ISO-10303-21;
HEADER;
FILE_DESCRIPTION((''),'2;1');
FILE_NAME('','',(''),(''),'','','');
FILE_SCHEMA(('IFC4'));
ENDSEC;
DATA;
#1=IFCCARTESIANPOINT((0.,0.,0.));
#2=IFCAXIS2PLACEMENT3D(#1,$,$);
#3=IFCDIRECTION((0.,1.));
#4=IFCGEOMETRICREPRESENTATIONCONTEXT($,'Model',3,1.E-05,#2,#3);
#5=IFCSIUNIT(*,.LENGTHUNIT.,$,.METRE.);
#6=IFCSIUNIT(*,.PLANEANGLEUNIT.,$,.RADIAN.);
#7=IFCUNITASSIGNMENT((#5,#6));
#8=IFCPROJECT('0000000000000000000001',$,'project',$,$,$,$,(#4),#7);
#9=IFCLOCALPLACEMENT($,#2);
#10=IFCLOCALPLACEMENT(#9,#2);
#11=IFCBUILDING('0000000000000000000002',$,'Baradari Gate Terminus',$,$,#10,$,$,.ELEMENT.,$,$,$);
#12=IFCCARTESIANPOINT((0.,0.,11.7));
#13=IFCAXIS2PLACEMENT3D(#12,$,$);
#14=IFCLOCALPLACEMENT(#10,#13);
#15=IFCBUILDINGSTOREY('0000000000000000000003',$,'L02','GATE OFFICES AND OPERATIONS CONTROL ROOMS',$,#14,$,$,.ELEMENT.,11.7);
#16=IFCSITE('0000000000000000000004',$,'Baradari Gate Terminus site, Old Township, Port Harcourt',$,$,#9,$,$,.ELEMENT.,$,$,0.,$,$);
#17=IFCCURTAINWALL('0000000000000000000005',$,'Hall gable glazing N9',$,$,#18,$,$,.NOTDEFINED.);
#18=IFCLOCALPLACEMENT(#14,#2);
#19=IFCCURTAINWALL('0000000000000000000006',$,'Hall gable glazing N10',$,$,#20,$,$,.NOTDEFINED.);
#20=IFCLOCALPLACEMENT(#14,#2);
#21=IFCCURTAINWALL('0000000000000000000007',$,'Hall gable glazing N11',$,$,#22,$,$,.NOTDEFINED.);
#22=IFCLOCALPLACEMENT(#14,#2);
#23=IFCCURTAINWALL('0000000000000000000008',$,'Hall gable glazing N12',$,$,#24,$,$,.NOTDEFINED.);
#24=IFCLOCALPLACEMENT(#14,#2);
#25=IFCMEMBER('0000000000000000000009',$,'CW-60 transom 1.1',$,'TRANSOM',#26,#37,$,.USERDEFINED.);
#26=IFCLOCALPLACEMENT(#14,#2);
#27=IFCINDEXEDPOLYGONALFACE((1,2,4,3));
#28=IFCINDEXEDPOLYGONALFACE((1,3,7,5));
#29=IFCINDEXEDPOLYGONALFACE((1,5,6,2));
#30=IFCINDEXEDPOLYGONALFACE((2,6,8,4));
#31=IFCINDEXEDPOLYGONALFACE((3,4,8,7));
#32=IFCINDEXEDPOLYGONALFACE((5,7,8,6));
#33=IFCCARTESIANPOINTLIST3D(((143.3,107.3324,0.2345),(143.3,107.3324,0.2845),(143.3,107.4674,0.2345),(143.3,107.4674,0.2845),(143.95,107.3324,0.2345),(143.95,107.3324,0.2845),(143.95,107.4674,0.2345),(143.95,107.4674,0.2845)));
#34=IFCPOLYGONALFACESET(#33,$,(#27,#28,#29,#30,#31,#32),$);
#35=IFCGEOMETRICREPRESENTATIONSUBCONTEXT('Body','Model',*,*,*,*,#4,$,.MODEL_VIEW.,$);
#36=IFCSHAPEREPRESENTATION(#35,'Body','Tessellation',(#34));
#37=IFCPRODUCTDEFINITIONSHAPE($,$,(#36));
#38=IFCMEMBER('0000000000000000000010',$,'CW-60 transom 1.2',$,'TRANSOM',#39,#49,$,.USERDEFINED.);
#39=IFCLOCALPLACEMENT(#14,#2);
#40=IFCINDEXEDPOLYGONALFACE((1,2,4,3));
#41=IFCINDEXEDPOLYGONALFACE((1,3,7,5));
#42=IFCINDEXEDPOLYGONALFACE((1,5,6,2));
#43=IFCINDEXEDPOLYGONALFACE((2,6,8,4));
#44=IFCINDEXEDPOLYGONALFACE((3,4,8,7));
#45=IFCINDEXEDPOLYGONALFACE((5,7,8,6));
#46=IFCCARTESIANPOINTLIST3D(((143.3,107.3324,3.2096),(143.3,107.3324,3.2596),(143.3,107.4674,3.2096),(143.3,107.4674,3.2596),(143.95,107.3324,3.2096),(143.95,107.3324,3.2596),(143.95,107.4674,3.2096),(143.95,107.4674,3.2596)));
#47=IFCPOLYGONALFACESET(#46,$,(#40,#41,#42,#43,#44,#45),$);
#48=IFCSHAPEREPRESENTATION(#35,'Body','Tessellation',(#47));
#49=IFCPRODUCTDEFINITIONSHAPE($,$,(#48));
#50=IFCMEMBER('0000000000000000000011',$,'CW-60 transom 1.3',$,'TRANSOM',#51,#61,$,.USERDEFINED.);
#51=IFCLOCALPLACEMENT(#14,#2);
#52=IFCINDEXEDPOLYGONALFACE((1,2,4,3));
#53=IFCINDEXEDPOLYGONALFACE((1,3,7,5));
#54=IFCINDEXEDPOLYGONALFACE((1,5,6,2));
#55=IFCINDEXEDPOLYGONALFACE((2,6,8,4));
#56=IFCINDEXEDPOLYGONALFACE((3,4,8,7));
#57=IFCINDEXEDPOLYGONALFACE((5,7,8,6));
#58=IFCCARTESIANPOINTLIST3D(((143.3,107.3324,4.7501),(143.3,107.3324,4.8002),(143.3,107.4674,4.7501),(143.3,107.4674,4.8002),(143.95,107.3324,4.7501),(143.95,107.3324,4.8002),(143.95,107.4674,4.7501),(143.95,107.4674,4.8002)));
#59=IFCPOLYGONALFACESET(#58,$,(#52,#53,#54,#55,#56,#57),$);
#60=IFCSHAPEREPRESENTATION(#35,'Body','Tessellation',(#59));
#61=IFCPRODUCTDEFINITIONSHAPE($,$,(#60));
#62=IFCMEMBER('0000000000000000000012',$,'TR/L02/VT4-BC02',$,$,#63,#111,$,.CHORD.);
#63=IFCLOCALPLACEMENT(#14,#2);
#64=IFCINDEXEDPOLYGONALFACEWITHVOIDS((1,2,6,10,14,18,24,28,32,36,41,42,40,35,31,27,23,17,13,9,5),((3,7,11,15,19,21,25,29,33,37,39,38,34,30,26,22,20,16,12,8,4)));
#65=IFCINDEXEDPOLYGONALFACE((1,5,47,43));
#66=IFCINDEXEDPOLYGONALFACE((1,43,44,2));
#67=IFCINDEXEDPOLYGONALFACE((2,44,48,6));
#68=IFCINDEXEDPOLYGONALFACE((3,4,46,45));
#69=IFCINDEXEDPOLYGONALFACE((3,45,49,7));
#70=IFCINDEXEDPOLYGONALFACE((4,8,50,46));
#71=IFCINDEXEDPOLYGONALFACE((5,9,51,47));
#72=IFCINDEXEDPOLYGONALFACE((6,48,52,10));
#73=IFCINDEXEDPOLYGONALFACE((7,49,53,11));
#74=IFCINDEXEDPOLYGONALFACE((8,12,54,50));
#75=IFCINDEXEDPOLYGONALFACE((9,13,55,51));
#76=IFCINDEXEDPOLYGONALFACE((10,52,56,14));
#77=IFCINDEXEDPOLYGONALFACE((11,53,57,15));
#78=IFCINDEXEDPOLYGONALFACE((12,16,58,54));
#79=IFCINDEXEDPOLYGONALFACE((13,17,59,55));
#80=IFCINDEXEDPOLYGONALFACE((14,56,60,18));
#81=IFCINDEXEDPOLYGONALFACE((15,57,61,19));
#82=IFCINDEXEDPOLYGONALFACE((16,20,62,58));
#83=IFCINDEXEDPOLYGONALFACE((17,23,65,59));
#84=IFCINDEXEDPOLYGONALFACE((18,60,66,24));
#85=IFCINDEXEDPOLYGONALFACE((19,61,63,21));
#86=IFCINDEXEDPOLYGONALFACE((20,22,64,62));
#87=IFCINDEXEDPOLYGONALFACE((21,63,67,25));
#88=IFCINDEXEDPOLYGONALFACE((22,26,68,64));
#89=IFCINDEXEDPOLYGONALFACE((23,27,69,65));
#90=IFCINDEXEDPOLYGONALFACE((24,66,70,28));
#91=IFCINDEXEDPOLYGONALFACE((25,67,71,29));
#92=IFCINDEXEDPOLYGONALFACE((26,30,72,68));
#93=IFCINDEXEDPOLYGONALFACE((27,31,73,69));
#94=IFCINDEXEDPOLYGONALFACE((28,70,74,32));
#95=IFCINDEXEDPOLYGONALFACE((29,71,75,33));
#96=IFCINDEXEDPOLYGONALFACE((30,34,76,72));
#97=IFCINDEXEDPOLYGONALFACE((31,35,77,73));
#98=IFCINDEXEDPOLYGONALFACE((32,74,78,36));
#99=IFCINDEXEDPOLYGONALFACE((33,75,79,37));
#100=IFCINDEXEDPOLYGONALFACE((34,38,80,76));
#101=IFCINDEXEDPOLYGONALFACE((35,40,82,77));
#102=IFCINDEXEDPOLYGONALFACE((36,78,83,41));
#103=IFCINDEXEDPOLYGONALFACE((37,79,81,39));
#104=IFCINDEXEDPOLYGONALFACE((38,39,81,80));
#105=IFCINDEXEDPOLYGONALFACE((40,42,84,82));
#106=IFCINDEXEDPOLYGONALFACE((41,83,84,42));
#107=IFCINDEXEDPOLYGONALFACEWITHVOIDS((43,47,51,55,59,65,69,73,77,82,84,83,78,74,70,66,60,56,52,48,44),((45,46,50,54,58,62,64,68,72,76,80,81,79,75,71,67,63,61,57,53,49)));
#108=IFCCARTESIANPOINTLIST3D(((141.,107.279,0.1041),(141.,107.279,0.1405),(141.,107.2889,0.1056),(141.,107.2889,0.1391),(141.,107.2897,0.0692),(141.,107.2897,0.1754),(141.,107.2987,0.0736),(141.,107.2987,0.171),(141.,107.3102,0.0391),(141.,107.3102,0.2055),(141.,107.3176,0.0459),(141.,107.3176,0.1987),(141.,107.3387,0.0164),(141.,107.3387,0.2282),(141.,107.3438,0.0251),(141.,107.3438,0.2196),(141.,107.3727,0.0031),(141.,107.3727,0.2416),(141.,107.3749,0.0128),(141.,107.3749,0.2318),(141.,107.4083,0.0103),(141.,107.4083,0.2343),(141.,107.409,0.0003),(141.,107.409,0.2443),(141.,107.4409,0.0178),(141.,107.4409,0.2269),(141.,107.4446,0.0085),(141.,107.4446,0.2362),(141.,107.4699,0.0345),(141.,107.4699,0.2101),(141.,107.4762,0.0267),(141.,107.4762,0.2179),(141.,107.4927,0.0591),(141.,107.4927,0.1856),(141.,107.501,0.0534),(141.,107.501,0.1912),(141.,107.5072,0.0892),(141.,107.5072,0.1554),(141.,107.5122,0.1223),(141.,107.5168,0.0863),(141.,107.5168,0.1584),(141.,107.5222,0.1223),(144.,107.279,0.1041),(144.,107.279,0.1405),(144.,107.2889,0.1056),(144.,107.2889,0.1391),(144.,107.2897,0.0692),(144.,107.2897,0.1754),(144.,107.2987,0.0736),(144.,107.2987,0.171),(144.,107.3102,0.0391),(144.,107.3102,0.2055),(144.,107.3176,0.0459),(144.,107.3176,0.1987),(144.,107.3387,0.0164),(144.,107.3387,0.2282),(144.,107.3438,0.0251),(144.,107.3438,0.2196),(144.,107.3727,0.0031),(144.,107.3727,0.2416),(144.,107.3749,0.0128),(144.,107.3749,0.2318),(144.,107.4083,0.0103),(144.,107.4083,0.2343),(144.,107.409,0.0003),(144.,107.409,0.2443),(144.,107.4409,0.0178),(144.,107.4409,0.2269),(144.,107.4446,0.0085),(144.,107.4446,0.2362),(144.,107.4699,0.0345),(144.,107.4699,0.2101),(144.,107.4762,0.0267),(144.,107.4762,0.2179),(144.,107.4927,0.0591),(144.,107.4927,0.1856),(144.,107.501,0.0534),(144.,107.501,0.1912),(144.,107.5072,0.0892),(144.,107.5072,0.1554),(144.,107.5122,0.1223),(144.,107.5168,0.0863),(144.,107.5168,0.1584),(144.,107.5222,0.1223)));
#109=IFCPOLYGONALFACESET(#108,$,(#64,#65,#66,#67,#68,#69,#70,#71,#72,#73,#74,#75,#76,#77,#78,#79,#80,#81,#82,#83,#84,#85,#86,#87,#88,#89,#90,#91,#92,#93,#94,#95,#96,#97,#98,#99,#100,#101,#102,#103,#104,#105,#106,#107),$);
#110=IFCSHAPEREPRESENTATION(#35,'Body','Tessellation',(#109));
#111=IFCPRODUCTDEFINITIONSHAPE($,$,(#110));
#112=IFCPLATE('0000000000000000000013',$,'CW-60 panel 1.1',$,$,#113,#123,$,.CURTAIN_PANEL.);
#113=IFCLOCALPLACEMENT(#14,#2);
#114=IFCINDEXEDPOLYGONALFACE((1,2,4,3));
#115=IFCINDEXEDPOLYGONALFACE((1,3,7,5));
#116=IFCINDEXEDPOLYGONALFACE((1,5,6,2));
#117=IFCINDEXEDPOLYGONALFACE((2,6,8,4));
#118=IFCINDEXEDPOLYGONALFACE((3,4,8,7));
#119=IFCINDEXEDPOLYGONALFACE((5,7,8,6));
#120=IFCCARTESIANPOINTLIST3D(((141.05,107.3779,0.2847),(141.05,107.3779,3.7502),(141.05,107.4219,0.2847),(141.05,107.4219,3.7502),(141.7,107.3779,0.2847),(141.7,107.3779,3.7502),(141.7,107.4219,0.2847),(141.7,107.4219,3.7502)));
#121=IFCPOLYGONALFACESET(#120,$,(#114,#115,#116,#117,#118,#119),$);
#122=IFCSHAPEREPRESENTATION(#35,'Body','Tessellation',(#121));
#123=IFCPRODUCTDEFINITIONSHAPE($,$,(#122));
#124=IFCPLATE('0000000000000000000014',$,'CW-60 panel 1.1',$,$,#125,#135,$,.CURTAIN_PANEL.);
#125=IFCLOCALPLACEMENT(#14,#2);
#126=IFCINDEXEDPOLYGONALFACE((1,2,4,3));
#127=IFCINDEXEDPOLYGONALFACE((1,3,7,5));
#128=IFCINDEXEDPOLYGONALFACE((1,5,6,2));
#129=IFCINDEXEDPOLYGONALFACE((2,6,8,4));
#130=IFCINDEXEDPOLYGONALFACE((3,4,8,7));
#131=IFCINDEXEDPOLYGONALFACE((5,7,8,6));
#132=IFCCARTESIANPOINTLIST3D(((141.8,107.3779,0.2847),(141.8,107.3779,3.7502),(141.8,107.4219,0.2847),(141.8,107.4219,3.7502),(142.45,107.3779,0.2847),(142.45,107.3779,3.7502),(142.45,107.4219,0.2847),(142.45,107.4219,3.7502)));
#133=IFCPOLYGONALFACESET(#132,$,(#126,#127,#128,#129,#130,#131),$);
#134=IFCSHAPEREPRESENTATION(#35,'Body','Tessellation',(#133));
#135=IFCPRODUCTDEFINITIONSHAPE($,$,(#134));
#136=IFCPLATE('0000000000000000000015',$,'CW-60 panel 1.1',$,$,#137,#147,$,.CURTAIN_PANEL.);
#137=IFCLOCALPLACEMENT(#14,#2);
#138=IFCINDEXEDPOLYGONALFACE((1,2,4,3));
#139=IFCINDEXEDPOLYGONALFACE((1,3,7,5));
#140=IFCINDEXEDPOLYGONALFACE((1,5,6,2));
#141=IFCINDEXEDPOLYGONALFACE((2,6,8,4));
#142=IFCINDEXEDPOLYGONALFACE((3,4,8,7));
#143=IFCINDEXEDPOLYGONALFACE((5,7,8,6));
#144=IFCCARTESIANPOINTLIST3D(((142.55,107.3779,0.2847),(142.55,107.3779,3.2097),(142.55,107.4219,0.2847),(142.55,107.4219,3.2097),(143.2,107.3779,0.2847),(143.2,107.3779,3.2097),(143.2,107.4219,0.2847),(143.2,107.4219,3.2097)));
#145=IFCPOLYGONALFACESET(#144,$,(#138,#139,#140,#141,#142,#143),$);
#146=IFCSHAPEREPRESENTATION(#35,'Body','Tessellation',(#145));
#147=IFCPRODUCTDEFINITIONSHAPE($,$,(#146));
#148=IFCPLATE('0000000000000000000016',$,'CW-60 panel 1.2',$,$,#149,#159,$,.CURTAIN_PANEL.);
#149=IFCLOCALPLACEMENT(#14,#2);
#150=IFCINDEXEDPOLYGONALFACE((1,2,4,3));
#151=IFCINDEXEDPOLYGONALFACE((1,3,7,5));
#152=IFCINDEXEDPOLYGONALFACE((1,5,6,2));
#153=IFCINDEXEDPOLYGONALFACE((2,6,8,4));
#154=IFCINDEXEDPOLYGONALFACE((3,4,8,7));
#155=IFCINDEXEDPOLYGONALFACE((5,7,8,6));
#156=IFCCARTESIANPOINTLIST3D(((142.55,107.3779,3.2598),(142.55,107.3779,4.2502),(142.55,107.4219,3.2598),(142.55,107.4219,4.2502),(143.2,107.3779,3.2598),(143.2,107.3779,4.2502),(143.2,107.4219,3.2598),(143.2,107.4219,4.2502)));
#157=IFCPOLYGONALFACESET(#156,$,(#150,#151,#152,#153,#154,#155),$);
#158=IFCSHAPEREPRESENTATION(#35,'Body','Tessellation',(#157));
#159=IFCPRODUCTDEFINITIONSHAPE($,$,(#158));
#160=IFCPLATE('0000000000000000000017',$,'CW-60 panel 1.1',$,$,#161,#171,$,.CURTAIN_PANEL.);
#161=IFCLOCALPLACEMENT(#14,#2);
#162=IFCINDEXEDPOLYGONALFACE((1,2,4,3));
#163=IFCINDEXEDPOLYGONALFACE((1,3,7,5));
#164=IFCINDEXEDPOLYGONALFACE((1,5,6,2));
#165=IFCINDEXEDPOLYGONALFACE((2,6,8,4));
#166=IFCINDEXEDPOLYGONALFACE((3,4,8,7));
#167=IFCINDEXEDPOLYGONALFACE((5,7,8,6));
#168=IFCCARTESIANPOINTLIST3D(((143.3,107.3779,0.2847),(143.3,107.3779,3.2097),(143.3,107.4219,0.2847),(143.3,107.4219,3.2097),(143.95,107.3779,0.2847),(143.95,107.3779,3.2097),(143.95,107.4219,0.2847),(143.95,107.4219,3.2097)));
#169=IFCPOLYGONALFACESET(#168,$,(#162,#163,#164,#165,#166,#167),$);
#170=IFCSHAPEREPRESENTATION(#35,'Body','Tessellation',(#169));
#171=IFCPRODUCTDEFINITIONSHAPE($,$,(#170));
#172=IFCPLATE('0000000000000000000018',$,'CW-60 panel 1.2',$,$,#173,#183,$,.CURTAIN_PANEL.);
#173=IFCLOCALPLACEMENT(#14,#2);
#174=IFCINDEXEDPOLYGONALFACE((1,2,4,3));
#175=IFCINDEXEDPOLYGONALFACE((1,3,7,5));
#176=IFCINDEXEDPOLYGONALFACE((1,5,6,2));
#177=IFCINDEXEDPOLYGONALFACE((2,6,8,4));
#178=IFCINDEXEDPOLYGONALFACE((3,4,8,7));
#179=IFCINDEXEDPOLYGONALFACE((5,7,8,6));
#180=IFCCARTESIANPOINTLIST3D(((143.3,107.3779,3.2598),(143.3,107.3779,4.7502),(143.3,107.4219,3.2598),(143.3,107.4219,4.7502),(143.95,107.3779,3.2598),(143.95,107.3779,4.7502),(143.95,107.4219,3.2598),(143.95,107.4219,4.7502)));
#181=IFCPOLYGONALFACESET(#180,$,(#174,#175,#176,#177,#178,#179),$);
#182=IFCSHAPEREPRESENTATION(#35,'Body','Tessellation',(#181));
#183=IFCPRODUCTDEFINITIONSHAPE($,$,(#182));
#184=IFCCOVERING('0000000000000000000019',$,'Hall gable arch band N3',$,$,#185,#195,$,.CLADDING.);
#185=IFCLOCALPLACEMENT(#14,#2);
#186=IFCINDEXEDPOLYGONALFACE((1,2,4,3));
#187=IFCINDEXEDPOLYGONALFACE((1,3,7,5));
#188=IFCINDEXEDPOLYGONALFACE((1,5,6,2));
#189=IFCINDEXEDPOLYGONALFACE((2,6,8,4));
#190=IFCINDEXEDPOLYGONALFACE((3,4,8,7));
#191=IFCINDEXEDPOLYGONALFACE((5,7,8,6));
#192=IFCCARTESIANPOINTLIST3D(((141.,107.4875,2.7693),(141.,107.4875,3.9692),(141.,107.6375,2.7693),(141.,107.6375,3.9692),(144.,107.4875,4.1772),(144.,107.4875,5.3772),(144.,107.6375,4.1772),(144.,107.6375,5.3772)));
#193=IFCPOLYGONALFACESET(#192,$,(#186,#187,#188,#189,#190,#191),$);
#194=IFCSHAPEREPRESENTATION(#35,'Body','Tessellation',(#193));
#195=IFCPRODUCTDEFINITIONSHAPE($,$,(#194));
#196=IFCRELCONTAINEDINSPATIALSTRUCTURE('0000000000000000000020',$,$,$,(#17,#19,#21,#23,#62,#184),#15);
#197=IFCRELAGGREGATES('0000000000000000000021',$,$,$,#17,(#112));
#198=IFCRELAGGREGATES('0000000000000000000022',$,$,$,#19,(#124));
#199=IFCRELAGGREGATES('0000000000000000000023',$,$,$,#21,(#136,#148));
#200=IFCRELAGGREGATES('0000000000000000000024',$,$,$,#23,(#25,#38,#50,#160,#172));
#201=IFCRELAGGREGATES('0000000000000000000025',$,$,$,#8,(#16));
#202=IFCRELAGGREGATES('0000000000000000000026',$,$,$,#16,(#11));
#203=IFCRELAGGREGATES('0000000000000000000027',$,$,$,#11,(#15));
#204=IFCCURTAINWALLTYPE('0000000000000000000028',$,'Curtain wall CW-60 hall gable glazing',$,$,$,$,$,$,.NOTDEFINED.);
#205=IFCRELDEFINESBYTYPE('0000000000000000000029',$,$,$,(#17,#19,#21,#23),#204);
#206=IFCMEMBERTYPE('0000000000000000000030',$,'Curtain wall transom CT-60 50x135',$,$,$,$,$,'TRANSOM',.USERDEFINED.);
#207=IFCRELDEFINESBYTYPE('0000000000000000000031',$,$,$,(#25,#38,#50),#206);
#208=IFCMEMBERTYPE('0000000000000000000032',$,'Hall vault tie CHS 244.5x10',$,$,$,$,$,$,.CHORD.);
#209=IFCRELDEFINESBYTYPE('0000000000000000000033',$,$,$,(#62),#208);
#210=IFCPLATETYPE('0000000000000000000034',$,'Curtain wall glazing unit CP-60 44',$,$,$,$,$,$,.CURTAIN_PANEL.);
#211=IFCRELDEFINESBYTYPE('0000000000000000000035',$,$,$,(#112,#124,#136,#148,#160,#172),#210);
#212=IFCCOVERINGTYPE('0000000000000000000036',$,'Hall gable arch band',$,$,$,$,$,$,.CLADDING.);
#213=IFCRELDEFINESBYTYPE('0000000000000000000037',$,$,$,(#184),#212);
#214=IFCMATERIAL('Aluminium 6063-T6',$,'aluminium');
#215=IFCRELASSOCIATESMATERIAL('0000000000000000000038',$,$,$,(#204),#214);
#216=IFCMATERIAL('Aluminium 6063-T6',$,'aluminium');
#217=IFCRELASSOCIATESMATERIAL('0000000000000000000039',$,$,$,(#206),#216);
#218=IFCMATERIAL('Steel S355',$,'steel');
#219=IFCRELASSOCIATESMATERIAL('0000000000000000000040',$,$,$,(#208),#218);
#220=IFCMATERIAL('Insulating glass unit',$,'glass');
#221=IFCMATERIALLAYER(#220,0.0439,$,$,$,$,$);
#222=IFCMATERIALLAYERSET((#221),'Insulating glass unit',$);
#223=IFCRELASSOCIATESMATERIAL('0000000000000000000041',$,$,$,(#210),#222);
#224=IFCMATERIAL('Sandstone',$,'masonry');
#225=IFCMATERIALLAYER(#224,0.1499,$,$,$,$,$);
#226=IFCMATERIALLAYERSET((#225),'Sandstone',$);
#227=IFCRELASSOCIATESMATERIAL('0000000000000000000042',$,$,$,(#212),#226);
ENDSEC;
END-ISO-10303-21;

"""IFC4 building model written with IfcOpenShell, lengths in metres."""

from ifc_helpers import new_model, si_unit, direction, frame, origin, origin_2d, place, context, subcontext, project, spatial, polyline, rectangle, hollow_circle, outline, extrude, material, layer, layer_set, material_profile, profile_set, type_object, element, aggregate, save


model = new_model("IFC4")

# Units and contexts
model_context = context("Model", 3, precision=1e-05, world=origin(), true_north=direction((0.0, 1.0)))
body_context = subcontext(model_context, "Body", "Model", "MODEL_VIEW")
ifc_project = project(units=[si_unit("LENGTHUNIT", "METRE"), si_unit("PLANEANGLEUNIT", "RADIAN")], contexts=[model_context])

# Site, building, storey
site_placement = place(None, origin())
site = spatial("IfcSite", under=ifc_project, at=site_placement, Name="Baradari Gate Terminus site, Old Township, Port Harcourt", CompositionType="ELEMENT", RefElevation=0.0)
building_placement = place(site_placement, origin())
building = spatial("IfcBuilding", under=site, at=building_placement, Name="Baradari Gate Terminus", CompositionType="ELEMENT")
storey_placement = place(building_placement, frame((0.0, 0.0, 11.7)))
storey = spatial("IfcBuildingStorey", under=building, at=storey_placement, Name="L02", Description="GATE OFFICES AND OPERATIONS CONTROL ROOMS", CompositionType="ELEMENT", Elevation=11.7)

# Curtain walls
ifc_material_1 = material(Name="Aluminium 6063-T6", Category="aluminium")
curtain_wall_type = type_object("IfcCurtainWallType", Name="Curtain wall CW-60 hall gable glazing", PredefinedType="NOTDEFINED", material=ifc_material_1)
curtain_wall_1_placement = place(storey_placement, origin())
curtain_wall_1 = element("IfcCurtainWall", 1, at=curtain_wall_1_placement, inside=storey, type_object=curtain_wall_type, Name="Hall gable glazing N9", PredefinedType="NOTDEFINED")
curtain_wall_2_placement = place(storey_placement, origin())
curtain_wall_2 = element("IfcCurtainWall", 2, at=curtain_wall_2_placement, inside=storey, type_object=curtain_wall_type, Name="Hall gable glazing N10", PredefinedType="NOTDEFINED")
curtain_wall_3_placement = place(storey_placement, origin())
curtain_wall_3 = element("IfcCurtainWall", 3, at=curtain_wall_3_placement, inside=storey, type_object=curtain_wall_type, Name="Hall gable glazing N11", PredefinedType="NOTDEFINED")
curtain_wall_4_placement = place(storey_placement, origin())
curtain_wall_4 = element("IfcCurtainWall", 4, at=curtain_wall_4_placement, inside=storey, type_object=curtain_wall_type, Name="Hall gable glazing N12", PredefinedType="NOTDEFINED")

# Members
ifc_material_2 = material(Name="Aluminium 6063-T6", Category="aluminium")
ifc_material_profile_1 = material_profile(ifc_material_2, rectangle(XDim=0.135, YDim=0.05, at=origin_2d()), Name="CT-60 50X135")
ifc_profile_set_1 = profile_set([ifc_material_profile_1], Name="Aluminium 6063-T6")
member_type_1 = type_object("IfcMemberType", Name="Curtain wall transom CT-60 50x135", ElementType="TRANSOM", PredefinedType="USERDEFINED", material=ifc_profile_set_1)
member_1_placement = place(storey_placement, frame((143.3, 107.3999, 0.2595), z_axis=(1.0, 0.0, 0.0), x_axis=(0.0, 1.0, 0.0)))
member_1 = element("IfcMember", 5, at=member_1_placement, type_object=member_type_1, Name="CW-60 transom 1.1", ObjectType="TRANSOM", PredefinedType="USERDEFINED", context=body_context, shape_type="SweptSolid", body=[
    extrude(rectangle(XDim=0.135, YDim=0.05, at=origin_2d()), origin(), (0.0, 0.0, 1.0), 0.6499),
])
member_2_placement = place(storey_placement, frame((143.3, 107.3999, 3.2346), z_axis=(1.0, 0.0, 0.0), x_axis=(0.0, 1.0, 0.0)))
member_2 = element("IfcMember", 6, at=member_2_placement, type_object=member_type_1, Name="CW-60 transom 1.2", ObjectType="TRANSOM", PredefinedType="USERDEFINED", context=body_context, shape_type="SweptSolid", body=[
    extrude(rectangle(XDim=0.135, YDim=0.05, at=origin_2d()), origin(), (0.0, 0.0, 1.0), 0.6499),
])
member_3_placement = place(storey_placement, frame((143.3, 107.3999, 4.7751), z_axis=(1.0, 0.0, 0.0), x_axis=(0.0, 1.0, 0.0)))
member_3 = element("IfcMember", 7, at=member_3_placement, type_object=member_type_1, Name="CW-60 transom 1.3", ObjectType="TRANSOM", PredefinedType="USERDEFINED", context=body_context, shape_type="SweptSolid", body=[
    extrude(rectangle(XDim=0.135, YDim=0.05, at=origin_2d()), origin(), (0.0, 0.0, 1.0), 0.6499),
])
ifc_material_3 = material(Name="Steel S355", Category="steel")
ifc_material_profile_2 = material_profile(ifc_material_3, hollow_circle(Radius=0.1223, WallThickness=0.01, at=origin_2d()), Name="CHS 244.5x10")
ifc_profile_set_2 = profile_set([ifc_material_profile_2], Name="Steel S355")
member_type_2 = type_object("IfcMemberType", Name="Hall vault tie CHS 244.5x10", PredefinedType="CHORD", material=ifc_profile_set_2)
member_4_placement = place(storey_placement, frame((141.0, 107.3999, 0.1223), z_axis=(1.0, 0.0, 0.0), x_axis=(0.0, 1.0, 0.0)))
element("IfcMember", 8, at=member_4_placement, inside=storey, type_object=member_type_2, Name="TR/L02/VT4-BC02", PredefinedType="CHORD", context=body_context, shape_type="SweptSolid", body=[
    extrude(hollow_circle(Radius=0.1223, WallThickness=0.01, at=origin_2d()), origin(), (0.0, 0.0, 1.0), 3.0),
])

# Plates
ifc_material_4 = material(Name="Insulating glass unit", Category="glass")
ifc_layer_1 = layer(ifc_material_4, 0.0439)
ifc_layer_set_1 = layer_set([ifc_layer_1], Name="Insulating glass unit")
plate_type = type_object("IfcPlateType", Name="Curtain wall glazing unit CP-60 44", PredefinedType="CURTAIN_PANEL", material=ifc_layer_set_1)
plate_1_placement = place(storey_placement, frame((141.375, 107.3999, 0.2847), z_axis=(0.0, 0.0, 1.0), x_axis=(1.0, 0.0, 0.0)))
plate_1 = element("IfcPlate", 9, at=plate_1_placement, type_object=plate_type, Name="CW-60 panel 1.1", PredefinedType="CURTAIN_PANEL", context=body_context, shape_type="SweptSolid", body=[
    extrude(rectangle(XDim=0.6499, YDim=0.0439, at=origin_2d()), origin(), (0.0, 0.0, 1.0), 3.4656),
])
aggregate(curtain_wall_1, [plate_1])
plate_2_placement = place(storey_placement, frame((142.125, 107.3999, 0.2847), z_axis=(0.0, 0.0, 1.0), x_axis=(1.0, 0.0, 0.0)))
plate_2 = element("IfcPlate", 10, at=plate_2_placement, type_object=plate_type, Name="CW-60 panel 1.1", PredefinedType="CURTAIN_PANEL", context=body_context, shape_type="SweptSolid", body=[
    extrude(rectangle(XDim=0.6499, YDim=0.0439, at=origin_2d()), origin(), (0.0, 0.0, 1.0), 3.4656),
])
aggregate(curtain_wall_2, [plate_2])
plate_3_placement = place(storey_placement, frame((142.875, 107.3999, 0.2847), z_axis=(0.0, 0.0, 1.0), x_axis=(1.0, 0.0, 0.0)))
plate_3 = element("IfcPlate", 11, at=plate_3_placement, type_object=plate_type, Name="CW-60 panel 1.1", PredefinedType="CURTAIN_PANEL", context=body_context, shape_type="SweptSolid", body=[
    extrude(rectangle(XDim=0.6499, YDim=0.0439, at=origin_2d()), origin(), (0.0, 0.0, 1.0), 2.925),
])
plate_4_placement = place(storey_placement, frame((142.875, 107.3999, 3.2598), z_axis=(0.0, 0.0, 1.0), x_axis=(1.0, 0.0, 0.0)))
plate_4 = element("IfcPlate", 12, at=plate_4_placement, type_object=plate_type, Name="CW-60 panel 1.2", PredefinedType="CURTAIN_PANEL", context=body_context, shape_type="SweptSolid", body=[
    extrude(rectangle(XDim=0.6499, YDim=0.0439, at=origin_2d()), origin(), (0.0, 0.0, 1.0), 0.9905),
])
aggregate(curtain_wall_3, [plate_3, plate_4])
plate_5_placement = place(storey_placement, frame((143.625, 107.3999, 0.2847), z_axis=(0.0, 0.0, 1.0), x_axis=(1.0, 0.0, 0.0)))
plate_5 = element("IfcPlate", 13, at=plate_5_placement, type_object=plate_type, Name="CW-60 panel 1.1", PredefinedType="CURTAIN_PANEL", context=body_context, shape_type="SweptSolid", body=[
    extrude(rectangle(XDim=0.6499, YDim=0.0439, at=origin_2d()), origin(), (0.0, 0.0, 1.0), 2.925),
])
plate_6_placement = place(storey_placement, frame((143.625, 107.3999, 3.2598), z_axis=(0.0, 0.0, 1.0), x_axis=(1.0, 0.0, 0.0)))
plate_6 = element("IfcPlate", 14, at=plate_6_placement, type_object=plate_type, Name="CW-60 panel 1.2", PredefinedType="CURTAIN_PANEL", context=body_context, shape_type="SweptSolid", body=[
    extrude(rectangle(XDim=0.6499, YDim=0.0439, at=origin_2d()), origin(), (0.0, 0.0, 1.0), 1.4905),
])
aggregate(curtain_wall_4, [member_1, member_2, member_3, plate_5, plate_6])

# Covering
ifc_material_5 = material(Name="Sandstone", Category="masonry")
ifc_layer_2 = layer(ifc_material_5, 0.1499)
ifc_layer_set_2 = layer_set([ifc_layer_2], Name="Sandstone")
covering_type = type_object("IfcCoveringType", Name="Hall gable arch band", PredefinedType="CLADDING", material=ifc_layer_set_2)
covering_placement = place(storey_placement, frame((141.0, 107.5625, 2.7693), z_axis=(0.0, 0.0, 1.0), x_axis=(1.0, 0.0, 0.0)))
element("IfcCovering", 15, at=covering_placement, inside=storey, type_object=covering_type, Name="Hall gable arch band N3", PredefinedType="CLADDING", context=body_context, shape_type="SweptSolid", body=[
    extrude(outline(polyline([(0.0, 1.2), (0.0, 0.0), (3.0, 1.408), (3.0, 2.6079), (0.0, 1.2)])), frame((0.0, 0.075, 0.0), z_axis=(0.0, -1.0, 0.0), x_axis=(1.0, 0.0, 0.0)), (0.0, 0.0, 1.0), 0.1499),
])

save(model, "model.ifc")
